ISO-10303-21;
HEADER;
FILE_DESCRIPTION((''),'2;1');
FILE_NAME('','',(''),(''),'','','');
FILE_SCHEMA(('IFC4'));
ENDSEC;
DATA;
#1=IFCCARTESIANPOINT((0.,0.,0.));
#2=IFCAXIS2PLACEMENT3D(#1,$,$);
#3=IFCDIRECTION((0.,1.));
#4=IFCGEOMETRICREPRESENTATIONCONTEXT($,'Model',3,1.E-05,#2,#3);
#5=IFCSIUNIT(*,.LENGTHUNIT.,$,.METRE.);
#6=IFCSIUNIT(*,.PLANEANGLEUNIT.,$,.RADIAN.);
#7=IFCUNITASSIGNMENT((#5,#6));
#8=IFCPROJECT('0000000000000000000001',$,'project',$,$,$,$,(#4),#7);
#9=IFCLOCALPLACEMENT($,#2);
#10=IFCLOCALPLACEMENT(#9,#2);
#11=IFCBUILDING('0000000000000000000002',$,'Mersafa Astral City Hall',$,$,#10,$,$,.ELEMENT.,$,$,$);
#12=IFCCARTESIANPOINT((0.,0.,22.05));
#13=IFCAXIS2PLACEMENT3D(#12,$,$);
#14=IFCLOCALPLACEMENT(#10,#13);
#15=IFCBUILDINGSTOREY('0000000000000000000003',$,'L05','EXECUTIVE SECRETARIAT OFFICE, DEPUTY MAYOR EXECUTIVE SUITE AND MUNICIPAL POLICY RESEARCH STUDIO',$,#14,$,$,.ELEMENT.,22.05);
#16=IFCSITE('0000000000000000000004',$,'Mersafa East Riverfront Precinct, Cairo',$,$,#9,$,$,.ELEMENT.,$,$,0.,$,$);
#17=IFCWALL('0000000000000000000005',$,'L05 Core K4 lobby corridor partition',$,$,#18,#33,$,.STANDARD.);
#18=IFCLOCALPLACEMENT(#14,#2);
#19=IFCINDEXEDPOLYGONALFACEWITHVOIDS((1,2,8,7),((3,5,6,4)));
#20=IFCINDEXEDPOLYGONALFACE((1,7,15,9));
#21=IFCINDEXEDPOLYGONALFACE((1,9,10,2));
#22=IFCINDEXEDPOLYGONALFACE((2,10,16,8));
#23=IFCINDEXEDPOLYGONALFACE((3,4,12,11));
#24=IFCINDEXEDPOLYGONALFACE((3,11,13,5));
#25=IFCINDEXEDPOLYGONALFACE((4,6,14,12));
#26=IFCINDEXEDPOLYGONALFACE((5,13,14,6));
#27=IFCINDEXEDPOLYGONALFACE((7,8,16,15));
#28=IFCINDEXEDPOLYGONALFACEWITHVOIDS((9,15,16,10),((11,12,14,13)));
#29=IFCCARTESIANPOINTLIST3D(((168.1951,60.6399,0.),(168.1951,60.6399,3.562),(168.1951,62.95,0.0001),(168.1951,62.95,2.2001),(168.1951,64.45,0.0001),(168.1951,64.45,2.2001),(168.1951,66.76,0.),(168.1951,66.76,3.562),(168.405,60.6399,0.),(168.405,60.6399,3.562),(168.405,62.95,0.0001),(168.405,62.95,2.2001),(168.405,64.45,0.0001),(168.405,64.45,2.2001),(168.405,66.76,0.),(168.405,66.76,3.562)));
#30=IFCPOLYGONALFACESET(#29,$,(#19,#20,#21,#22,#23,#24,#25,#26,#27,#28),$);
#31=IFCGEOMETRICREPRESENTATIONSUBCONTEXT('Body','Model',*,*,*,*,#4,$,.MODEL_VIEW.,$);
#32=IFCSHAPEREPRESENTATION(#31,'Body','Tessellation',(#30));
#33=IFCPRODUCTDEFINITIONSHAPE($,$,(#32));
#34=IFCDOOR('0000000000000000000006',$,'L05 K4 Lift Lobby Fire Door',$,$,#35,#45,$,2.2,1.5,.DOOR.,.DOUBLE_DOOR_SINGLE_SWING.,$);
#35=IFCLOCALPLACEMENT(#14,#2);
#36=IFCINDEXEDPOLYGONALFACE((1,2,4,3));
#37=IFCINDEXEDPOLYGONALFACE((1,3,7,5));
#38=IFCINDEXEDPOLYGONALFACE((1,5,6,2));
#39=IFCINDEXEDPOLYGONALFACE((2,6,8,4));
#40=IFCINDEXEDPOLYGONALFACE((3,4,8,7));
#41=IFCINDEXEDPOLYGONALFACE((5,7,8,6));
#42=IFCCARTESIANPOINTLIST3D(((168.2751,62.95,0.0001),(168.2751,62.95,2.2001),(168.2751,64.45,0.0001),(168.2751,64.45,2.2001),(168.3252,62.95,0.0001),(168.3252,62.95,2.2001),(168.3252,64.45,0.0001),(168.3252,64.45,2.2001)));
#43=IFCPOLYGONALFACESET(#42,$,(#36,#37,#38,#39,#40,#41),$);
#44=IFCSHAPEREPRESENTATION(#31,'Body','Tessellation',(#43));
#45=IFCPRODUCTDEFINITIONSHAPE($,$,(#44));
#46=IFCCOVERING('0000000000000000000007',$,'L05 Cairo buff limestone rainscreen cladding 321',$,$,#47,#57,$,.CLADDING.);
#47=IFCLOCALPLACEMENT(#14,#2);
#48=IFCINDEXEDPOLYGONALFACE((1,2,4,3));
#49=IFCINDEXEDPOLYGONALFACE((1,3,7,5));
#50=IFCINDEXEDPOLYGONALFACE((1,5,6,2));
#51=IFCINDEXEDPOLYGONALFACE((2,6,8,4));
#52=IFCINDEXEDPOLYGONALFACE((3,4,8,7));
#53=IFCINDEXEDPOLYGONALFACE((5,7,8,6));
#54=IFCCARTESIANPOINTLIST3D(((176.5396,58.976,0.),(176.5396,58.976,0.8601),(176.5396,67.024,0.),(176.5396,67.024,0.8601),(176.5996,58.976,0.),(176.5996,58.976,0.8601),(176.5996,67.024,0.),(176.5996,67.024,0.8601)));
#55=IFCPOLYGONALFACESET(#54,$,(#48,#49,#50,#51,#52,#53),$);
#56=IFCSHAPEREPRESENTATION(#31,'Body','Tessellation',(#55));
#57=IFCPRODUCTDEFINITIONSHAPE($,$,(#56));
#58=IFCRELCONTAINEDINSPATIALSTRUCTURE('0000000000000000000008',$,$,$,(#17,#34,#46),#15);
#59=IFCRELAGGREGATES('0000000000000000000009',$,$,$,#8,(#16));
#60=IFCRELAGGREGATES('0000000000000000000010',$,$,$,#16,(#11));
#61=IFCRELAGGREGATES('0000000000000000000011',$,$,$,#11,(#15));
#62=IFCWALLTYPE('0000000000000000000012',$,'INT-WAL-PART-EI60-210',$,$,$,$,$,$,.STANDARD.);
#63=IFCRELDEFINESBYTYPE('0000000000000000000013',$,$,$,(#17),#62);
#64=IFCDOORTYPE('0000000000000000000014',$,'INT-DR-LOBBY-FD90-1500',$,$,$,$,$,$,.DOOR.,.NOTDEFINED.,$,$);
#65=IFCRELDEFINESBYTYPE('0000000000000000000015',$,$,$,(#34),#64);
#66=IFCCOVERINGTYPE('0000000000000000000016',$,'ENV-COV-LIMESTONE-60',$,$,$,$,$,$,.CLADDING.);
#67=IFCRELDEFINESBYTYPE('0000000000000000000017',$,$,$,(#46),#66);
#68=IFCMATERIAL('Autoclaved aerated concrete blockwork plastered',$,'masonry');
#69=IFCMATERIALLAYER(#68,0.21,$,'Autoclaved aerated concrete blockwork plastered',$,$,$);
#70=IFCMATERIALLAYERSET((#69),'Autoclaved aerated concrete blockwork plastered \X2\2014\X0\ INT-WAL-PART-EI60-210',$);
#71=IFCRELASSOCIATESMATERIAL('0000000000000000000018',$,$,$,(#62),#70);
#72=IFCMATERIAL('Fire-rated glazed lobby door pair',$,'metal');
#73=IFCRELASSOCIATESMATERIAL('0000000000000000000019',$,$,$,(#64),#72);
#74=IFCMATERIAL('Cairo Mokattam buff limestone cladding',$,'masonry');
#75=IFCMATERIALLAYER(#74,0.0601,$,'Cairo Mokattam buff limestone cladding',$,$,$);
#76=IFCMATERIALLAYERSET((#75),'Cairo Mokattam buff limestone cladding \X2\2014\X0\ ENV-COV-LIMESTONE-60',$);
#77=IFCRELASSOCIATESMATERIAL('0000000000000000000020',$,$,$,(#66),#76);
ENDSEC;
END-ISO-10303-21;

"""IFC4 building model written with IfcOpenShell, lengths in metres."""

from ifc_helpers import new_model, si_unit, direction, frame, frame_2d, origin, origin_2d, place, context, subcontext, project, spatial, rectangle, extrude, material, layer, layer_set, type_object, element, fill, save


model = new_model("IFC4")

# Units and contexts
model_context = context("Model", 3, precision=1e-05, world=origin(), true_north=direction((0.0, 1.0)))
body_context = subcontext(model_context, "Body", "Model", "MODEL_VIEW")
ifc_project = project(units=[si_unit("LENGTHUNIT", "METRE"), si_unit("PLANEANGLEUNIT", "RADIAN")], contexts=[model_context])

# Site, building, storey
site_placement = place(None, origin())
site = spatial("IfcSite", under=ifc_project, at=site_placement, Name="Mersafa East Riverfront Precinct, Cairo", CompositionType="ELEMENT", RefElevation=0.0)
building_placement = place(site_placement, origin())
building = spatial("IfcBuilding", under=site, at=building_placement, Name="Mersafa Astral City Hall", CompositionType="ELEMENT")
storey_placement = place(building_placement, frame((0.0, 0.0, 22.05)))
storey = spatial("IfcBuildingStorey", under=building, at=storey_placement, Name="L05", Description="EXECUTIVE SECRETARIAT OFFICE, DEPUTY MAYOR EXECUTIVE SUITE AND MUNICIPAL POLICY RESEARCH STUDIO", CompositionType="ELEMENT", Elevation=22.05)

# Wall, opening, door
ifc_material_1 = material(Name="Autoclaved aerated concrete blockwork plastered", Category="masonry")
ifc_layer_1 = layer(ifc_material_1, 0.21, Name="Autoclaved aerated concrete blockwork plastered")
ifc_layer_set_1 = layer_set([ifc_layer_1], Name="Autoclaved aerated concrete blockwork plastered — INT-WAL-PART-EI60-210")
wall_type_1 = type_object("IfcWallType", Name="INT-WAL-PART-EI60-210", PredefinedType="STANDARD", material=ifc_layer_set_1)
wall_1_placement = place(storey_placement, frame((168.3, 60.6399, 0.0), z_axis=(0.0, 0.0, 1.0), x_axis=(0.0, 1.0, 0.0)))
wall_1 = element("IfcWall", 1, at=wall_1_placement, inside=storey, type_object=wall_type_1, Name="L05 Core K4 lobby corridor partition", PredefinedType="STANDARD", context=body_context, shape_type="SweptSolid", body=[
    extrude(rectangle(XDim=6.1201, YDim=0.21, at=frame_2d((3.0601, 0.0))), origin(), (0.0, 0.0, 1.0), 3.562),
])
opening_1_placement = place(wall_1_placement, frame((2.3101, 0.0, 0.0)))
opening_1 = element("IfcOpeningElement", 2, at=opening_1_placement, cuts=wall_1, PredefinedType="OPENING", context=body_context, shape_type="SweptSolid", body=[
    extrude(rectangle(XDim=1.5, YDim=2.2, at=frame_2d((0.75, 1.1001))), frame((0.0, 0.115, 0.0), z_axis=(0.0, -1.0, 0.0), x_axis=(1.0, 0.0, 0.0)), (0.0, 0.0, 1.0), 0.23),
])
ifc_material_2 = material(Name="Fire-rated glazed lobby door pair", Category="metal")
door_type_1 = type_object("IfcDoorType", Name="INT-DR-LOBBY-FD90-1500", OperationType="NOTDEFINED", PredefinedType="DOOR", material=ifc_material_2)
door_1_placement = place(opening_1_placement, origin())
door_1 = element("IfcDoor", 3, at=door_1_placement, inside=storey, type_object=door_type_1, Name="L05 K4 Lift Lobby Fire Door", OperationType="DOUBLE_DOOR_SINGLE_SWING", OverallHeight=2.2, OverallWidth=1.5, PredefinedType="DOOR", context=body_context, shape_type="SweptSolid", body=[
    extrude(rectangle(XDim=1.5, YDim=2.2, at=frame_2d((0.75, 1.1001))), frame((0.0, 0.0249, 0.0), z_axis=(0.0, -1.0, 0.0), x_axis=(1.0, 0.0, 0.0)), (0.0, 0.0, 1.0), 0.05),
])
fill(opening_1, door_1)

# Covering
ifc_material_3 = material(Name="Cairo Mokattam buff limestone cladding", Category="masonry")
ifc_layer_2 = layer(ifc_material_3, 0.0601, Name="Cairo Mokattam buff limestone cladding")
ifc_layer_set_2 = layer_set([ifc_layer_2], Name="Cairo Mokattam buff limestone cladding — ENV-COV-LIMESTONE-60")
covering_type = type_object("IfcCoveringType", Name="ENV-COV-LIMESTONE-60", PredefinedType="CLADDING", material=ifc_layer_set_2)
covering_placement = place(storey_placement, frame((176.5696, 63.0, 0.0), z_axis=(0.0, 0.0, 1.0), x_axis=(0.0, 1.0, 0.0)))
element("IfcCovering", 4, at=covering_placement, inside=storey, type_object=covering_type, Name="L05 Cairo buff limestone rainscreen cladding 321", PredefinedType="CLADDING", context=body_context, shape_type="SweptSolid", body=[
    extrude(rectangle(XDim=8.0481, YDim=0.0601, at=origin_2d()), origin(), (0.0, 0.0, 1.0), 0.8601),
])

save(model, "model.ifc")
